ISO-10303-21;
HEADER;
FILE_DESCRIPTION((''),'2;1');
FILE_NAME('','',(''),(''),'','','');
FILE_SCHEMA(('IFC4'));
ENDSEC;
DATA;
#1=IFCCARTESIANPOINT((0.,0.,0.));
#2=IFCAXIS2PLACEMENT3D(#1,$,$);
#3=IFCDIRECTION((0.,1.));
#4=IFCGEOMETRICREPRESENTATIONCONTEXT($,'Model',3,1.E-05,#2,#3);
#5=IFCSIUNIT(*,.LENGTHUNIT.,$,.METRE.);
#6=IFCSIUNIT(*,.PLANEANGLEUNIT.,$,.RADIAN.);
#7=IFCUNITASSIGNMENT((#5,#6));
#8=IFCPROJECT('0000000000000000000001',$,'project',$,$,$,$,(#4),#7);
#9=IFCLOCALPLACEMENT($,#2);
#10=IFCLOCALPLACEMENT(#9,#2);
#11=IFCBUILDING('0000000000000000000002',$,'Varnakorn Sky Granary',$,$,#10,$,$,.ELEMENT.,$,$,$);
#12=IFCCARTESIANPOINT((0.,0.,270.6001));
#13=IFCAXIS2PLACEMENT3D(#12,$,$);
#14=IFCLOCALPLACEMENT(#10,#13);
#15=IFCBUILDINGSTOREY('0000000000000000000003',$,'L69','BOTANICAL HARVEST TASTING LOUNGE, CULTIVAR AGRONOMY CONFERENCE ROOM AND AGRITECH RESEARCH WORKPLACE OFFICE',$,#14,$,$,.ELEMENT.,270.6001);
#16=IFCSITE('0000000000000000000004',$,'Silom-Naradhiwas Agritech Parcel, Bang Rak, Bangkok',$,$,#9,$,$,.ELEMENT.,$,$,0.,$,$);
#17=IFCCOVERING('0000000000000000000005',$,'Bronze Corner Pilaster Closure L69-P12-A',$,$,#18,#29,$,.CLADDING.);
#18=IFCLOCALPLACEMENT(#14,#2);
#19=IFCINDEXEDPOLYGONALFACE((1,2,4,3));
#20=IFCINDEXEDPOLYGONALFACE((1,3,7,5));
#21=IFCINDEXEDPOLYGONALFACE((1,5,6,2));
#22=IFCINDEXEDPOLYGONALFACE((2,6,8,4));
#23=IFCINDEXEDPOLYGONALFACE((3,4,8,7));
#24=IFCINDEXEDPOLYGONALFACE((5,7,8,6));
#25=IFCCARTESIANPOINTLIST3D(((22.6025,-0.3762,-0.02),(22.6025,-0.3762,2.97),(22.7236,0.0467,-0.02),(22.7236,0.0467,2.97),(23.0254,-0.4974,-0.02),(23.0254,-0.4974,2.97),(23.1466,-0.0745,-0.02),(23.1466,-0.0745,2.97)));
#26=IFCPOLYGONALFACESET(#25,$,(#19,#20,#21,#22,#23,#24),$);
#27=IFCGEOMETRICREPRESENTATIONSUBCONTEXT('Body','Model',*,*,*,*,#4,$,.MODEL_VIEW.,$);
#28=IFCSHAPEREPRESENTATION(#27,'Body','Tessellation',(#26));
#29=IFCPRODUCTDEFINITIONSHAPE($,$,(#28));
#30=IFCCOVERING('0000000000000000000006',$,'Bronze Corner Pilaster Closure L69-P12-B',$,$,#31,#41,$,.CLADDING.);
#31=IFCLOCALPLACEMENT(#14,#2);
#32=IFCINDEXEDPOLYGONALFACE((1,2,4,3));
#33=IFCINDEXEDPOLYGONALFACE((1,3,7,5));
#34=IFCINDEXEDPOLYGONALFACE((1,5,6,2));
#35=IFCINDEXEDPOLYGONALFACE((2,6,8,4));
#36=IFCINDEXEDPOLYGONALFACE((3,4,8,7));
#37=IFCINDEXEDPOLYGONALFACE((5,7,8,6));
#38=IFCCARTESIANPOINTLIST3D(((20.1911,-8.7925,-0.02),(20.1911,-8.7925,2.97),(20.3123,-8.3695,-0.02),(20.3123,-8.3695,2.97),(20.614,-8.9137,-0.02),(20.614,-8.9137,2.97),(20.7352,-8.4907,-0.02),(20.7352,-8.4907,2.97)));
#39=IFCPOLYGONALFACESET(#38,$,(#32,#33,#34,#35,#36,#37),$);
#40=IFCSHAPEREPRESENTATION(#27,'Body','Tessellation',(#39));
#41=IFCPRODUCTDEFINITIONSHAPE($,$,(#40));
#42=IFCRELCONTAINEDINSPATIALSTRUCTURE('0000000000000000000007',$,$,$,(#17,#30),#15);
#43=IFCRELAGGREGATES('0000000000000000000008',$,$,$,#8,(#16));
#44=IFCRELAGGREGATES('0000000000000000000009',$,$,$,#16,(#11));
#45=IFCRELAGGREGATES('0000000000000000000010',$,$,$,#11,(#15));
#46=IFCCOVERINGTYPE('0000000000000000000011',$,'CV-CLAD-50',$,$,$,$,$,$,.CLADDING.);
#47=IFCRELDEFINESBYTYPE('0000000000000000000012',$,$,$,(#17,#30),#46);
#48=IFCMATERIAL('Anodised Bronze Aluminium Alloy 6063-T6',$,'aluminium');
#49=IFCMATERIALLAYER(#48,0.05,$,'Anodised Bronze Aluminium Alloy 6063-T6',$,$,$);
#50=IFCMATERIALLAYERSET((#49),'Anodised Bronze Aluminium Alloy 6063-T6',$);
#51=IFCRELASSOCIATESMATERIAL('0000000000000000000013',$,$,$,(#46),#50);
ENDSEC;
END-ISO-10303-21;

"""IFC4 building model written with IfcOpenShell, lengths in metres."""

from ifc_helpers import new_model, si_unit, direction, frame, origin, origin_2d, place, context, subcontext, project, spatial, rectangle, extrude, source, transform, mapped, material, layer, layer_set, type_object, type_shapes, element, save


model = new_model("IFC4")

# Units and contexts
model_context = context("Model", 3, precision=1e-05, world=origin(), true_north=direction((0.0, 1.0)))
body_context = subcontext(model_context, "Body", "Model", "MODEL_VIEW")
ifc_project = project(units=[si_unit("LENGTHUNIT", "METRE"), si_unit("PLANEANGLEUNIT", "RADIAN")], contexts=[model_context])

# Site, building, storey
site_placement = place(None, origin())
site = spatial("IfcSite", under=ifc_project, at=site_placement, Name="Silom-Naradhiwas Agritech Parcel, Bang Rak, Bangkok", CompositionType="ELEMENT", RefElevation=0.0)
building_placement = place(site_placement, origin())
building = spatial("IfcBuilding", under=site, at=building_placement, Name="Varnakorn Sky Granary", CompositionType="ELEMENT")
storey_placement = place(building_placement, frame((0.0, 0.0, 270.6001)))
storey = spatial("IfcBuildingStorey", under=building, at=storey_placement, Name="L69", Description="BOTANICAL HARVEST TASTING LOUNGE, CULTIVAR AGRONOMY CONFERENCE ROOM AND AGRITECH RESEARCH WORKPLACE OFFICE", CompositionType="ELEMENT", Elevation=270.6001)

# Shared definitions
ifc_material_1 = material(Name="Anodised Bronze Aluminium Alloy 6063-T6", Category="aluminium")

# Coverings
ifc_layer_1 = layer(ifc_material_1, 0.05, Name="Anodised Bronze Aluminium Alloy 6063-T6")
ifc_layer_set_1 = layer_set([ifc_layer_1], Name="Anodised Bronze Aluminium Alloy 6063-T6")
covering_type = type_object("IfcCoveringType", Name="CV-CLAD-50", PredefinedType="CLADDING", material=ifc_layer_set_1)
shared_shape = source(origin(), body_context, "Body", "SweptSolid", [
    extrude(rectangle(XDim=0.4399, YDim=0.4399, at=origin_2d()), origin(), (0.0, 0.0, 1.0), 2.99),
])
type_shapes(covering_type, [shared_shape])
for number, where, z_axis, x_axis, name in (
    (1, (22.8745, -0.2253, -0.02), (0.0, 0.0, 1.0), (-0.27547, -0.96131, 0.0), "Bronze Corner Pilaster Closure L69-P12-A"),
    (2, (20.4631, -8.6416, -0.02), (0.0, 0.0, 1.0), (-0.27547, -0.96131, 0.0), "Bronze Corner Pilaster Closure L69-P12-B"),
):
    element("IfcCovering", number, at=place(storey_placement, frame(where, z_axis=z_axis, x_axis=x_axis)), inside=storey, type_object=covering_type, Name=name, PredefinedType="CLADDING", context=body_context, shape_type="MappedRepresentation", body=[
        mapped(shared_shape, transform((0.0, 0.0, 0.0), x_axis=(1.0, 0.0, 0.0), y_axis=(0.0, 1.0, 0.0), z_axis=(0.0, 0.0, 1.0), scale=1.0)),
    ])

save(model, "model.ifc")
